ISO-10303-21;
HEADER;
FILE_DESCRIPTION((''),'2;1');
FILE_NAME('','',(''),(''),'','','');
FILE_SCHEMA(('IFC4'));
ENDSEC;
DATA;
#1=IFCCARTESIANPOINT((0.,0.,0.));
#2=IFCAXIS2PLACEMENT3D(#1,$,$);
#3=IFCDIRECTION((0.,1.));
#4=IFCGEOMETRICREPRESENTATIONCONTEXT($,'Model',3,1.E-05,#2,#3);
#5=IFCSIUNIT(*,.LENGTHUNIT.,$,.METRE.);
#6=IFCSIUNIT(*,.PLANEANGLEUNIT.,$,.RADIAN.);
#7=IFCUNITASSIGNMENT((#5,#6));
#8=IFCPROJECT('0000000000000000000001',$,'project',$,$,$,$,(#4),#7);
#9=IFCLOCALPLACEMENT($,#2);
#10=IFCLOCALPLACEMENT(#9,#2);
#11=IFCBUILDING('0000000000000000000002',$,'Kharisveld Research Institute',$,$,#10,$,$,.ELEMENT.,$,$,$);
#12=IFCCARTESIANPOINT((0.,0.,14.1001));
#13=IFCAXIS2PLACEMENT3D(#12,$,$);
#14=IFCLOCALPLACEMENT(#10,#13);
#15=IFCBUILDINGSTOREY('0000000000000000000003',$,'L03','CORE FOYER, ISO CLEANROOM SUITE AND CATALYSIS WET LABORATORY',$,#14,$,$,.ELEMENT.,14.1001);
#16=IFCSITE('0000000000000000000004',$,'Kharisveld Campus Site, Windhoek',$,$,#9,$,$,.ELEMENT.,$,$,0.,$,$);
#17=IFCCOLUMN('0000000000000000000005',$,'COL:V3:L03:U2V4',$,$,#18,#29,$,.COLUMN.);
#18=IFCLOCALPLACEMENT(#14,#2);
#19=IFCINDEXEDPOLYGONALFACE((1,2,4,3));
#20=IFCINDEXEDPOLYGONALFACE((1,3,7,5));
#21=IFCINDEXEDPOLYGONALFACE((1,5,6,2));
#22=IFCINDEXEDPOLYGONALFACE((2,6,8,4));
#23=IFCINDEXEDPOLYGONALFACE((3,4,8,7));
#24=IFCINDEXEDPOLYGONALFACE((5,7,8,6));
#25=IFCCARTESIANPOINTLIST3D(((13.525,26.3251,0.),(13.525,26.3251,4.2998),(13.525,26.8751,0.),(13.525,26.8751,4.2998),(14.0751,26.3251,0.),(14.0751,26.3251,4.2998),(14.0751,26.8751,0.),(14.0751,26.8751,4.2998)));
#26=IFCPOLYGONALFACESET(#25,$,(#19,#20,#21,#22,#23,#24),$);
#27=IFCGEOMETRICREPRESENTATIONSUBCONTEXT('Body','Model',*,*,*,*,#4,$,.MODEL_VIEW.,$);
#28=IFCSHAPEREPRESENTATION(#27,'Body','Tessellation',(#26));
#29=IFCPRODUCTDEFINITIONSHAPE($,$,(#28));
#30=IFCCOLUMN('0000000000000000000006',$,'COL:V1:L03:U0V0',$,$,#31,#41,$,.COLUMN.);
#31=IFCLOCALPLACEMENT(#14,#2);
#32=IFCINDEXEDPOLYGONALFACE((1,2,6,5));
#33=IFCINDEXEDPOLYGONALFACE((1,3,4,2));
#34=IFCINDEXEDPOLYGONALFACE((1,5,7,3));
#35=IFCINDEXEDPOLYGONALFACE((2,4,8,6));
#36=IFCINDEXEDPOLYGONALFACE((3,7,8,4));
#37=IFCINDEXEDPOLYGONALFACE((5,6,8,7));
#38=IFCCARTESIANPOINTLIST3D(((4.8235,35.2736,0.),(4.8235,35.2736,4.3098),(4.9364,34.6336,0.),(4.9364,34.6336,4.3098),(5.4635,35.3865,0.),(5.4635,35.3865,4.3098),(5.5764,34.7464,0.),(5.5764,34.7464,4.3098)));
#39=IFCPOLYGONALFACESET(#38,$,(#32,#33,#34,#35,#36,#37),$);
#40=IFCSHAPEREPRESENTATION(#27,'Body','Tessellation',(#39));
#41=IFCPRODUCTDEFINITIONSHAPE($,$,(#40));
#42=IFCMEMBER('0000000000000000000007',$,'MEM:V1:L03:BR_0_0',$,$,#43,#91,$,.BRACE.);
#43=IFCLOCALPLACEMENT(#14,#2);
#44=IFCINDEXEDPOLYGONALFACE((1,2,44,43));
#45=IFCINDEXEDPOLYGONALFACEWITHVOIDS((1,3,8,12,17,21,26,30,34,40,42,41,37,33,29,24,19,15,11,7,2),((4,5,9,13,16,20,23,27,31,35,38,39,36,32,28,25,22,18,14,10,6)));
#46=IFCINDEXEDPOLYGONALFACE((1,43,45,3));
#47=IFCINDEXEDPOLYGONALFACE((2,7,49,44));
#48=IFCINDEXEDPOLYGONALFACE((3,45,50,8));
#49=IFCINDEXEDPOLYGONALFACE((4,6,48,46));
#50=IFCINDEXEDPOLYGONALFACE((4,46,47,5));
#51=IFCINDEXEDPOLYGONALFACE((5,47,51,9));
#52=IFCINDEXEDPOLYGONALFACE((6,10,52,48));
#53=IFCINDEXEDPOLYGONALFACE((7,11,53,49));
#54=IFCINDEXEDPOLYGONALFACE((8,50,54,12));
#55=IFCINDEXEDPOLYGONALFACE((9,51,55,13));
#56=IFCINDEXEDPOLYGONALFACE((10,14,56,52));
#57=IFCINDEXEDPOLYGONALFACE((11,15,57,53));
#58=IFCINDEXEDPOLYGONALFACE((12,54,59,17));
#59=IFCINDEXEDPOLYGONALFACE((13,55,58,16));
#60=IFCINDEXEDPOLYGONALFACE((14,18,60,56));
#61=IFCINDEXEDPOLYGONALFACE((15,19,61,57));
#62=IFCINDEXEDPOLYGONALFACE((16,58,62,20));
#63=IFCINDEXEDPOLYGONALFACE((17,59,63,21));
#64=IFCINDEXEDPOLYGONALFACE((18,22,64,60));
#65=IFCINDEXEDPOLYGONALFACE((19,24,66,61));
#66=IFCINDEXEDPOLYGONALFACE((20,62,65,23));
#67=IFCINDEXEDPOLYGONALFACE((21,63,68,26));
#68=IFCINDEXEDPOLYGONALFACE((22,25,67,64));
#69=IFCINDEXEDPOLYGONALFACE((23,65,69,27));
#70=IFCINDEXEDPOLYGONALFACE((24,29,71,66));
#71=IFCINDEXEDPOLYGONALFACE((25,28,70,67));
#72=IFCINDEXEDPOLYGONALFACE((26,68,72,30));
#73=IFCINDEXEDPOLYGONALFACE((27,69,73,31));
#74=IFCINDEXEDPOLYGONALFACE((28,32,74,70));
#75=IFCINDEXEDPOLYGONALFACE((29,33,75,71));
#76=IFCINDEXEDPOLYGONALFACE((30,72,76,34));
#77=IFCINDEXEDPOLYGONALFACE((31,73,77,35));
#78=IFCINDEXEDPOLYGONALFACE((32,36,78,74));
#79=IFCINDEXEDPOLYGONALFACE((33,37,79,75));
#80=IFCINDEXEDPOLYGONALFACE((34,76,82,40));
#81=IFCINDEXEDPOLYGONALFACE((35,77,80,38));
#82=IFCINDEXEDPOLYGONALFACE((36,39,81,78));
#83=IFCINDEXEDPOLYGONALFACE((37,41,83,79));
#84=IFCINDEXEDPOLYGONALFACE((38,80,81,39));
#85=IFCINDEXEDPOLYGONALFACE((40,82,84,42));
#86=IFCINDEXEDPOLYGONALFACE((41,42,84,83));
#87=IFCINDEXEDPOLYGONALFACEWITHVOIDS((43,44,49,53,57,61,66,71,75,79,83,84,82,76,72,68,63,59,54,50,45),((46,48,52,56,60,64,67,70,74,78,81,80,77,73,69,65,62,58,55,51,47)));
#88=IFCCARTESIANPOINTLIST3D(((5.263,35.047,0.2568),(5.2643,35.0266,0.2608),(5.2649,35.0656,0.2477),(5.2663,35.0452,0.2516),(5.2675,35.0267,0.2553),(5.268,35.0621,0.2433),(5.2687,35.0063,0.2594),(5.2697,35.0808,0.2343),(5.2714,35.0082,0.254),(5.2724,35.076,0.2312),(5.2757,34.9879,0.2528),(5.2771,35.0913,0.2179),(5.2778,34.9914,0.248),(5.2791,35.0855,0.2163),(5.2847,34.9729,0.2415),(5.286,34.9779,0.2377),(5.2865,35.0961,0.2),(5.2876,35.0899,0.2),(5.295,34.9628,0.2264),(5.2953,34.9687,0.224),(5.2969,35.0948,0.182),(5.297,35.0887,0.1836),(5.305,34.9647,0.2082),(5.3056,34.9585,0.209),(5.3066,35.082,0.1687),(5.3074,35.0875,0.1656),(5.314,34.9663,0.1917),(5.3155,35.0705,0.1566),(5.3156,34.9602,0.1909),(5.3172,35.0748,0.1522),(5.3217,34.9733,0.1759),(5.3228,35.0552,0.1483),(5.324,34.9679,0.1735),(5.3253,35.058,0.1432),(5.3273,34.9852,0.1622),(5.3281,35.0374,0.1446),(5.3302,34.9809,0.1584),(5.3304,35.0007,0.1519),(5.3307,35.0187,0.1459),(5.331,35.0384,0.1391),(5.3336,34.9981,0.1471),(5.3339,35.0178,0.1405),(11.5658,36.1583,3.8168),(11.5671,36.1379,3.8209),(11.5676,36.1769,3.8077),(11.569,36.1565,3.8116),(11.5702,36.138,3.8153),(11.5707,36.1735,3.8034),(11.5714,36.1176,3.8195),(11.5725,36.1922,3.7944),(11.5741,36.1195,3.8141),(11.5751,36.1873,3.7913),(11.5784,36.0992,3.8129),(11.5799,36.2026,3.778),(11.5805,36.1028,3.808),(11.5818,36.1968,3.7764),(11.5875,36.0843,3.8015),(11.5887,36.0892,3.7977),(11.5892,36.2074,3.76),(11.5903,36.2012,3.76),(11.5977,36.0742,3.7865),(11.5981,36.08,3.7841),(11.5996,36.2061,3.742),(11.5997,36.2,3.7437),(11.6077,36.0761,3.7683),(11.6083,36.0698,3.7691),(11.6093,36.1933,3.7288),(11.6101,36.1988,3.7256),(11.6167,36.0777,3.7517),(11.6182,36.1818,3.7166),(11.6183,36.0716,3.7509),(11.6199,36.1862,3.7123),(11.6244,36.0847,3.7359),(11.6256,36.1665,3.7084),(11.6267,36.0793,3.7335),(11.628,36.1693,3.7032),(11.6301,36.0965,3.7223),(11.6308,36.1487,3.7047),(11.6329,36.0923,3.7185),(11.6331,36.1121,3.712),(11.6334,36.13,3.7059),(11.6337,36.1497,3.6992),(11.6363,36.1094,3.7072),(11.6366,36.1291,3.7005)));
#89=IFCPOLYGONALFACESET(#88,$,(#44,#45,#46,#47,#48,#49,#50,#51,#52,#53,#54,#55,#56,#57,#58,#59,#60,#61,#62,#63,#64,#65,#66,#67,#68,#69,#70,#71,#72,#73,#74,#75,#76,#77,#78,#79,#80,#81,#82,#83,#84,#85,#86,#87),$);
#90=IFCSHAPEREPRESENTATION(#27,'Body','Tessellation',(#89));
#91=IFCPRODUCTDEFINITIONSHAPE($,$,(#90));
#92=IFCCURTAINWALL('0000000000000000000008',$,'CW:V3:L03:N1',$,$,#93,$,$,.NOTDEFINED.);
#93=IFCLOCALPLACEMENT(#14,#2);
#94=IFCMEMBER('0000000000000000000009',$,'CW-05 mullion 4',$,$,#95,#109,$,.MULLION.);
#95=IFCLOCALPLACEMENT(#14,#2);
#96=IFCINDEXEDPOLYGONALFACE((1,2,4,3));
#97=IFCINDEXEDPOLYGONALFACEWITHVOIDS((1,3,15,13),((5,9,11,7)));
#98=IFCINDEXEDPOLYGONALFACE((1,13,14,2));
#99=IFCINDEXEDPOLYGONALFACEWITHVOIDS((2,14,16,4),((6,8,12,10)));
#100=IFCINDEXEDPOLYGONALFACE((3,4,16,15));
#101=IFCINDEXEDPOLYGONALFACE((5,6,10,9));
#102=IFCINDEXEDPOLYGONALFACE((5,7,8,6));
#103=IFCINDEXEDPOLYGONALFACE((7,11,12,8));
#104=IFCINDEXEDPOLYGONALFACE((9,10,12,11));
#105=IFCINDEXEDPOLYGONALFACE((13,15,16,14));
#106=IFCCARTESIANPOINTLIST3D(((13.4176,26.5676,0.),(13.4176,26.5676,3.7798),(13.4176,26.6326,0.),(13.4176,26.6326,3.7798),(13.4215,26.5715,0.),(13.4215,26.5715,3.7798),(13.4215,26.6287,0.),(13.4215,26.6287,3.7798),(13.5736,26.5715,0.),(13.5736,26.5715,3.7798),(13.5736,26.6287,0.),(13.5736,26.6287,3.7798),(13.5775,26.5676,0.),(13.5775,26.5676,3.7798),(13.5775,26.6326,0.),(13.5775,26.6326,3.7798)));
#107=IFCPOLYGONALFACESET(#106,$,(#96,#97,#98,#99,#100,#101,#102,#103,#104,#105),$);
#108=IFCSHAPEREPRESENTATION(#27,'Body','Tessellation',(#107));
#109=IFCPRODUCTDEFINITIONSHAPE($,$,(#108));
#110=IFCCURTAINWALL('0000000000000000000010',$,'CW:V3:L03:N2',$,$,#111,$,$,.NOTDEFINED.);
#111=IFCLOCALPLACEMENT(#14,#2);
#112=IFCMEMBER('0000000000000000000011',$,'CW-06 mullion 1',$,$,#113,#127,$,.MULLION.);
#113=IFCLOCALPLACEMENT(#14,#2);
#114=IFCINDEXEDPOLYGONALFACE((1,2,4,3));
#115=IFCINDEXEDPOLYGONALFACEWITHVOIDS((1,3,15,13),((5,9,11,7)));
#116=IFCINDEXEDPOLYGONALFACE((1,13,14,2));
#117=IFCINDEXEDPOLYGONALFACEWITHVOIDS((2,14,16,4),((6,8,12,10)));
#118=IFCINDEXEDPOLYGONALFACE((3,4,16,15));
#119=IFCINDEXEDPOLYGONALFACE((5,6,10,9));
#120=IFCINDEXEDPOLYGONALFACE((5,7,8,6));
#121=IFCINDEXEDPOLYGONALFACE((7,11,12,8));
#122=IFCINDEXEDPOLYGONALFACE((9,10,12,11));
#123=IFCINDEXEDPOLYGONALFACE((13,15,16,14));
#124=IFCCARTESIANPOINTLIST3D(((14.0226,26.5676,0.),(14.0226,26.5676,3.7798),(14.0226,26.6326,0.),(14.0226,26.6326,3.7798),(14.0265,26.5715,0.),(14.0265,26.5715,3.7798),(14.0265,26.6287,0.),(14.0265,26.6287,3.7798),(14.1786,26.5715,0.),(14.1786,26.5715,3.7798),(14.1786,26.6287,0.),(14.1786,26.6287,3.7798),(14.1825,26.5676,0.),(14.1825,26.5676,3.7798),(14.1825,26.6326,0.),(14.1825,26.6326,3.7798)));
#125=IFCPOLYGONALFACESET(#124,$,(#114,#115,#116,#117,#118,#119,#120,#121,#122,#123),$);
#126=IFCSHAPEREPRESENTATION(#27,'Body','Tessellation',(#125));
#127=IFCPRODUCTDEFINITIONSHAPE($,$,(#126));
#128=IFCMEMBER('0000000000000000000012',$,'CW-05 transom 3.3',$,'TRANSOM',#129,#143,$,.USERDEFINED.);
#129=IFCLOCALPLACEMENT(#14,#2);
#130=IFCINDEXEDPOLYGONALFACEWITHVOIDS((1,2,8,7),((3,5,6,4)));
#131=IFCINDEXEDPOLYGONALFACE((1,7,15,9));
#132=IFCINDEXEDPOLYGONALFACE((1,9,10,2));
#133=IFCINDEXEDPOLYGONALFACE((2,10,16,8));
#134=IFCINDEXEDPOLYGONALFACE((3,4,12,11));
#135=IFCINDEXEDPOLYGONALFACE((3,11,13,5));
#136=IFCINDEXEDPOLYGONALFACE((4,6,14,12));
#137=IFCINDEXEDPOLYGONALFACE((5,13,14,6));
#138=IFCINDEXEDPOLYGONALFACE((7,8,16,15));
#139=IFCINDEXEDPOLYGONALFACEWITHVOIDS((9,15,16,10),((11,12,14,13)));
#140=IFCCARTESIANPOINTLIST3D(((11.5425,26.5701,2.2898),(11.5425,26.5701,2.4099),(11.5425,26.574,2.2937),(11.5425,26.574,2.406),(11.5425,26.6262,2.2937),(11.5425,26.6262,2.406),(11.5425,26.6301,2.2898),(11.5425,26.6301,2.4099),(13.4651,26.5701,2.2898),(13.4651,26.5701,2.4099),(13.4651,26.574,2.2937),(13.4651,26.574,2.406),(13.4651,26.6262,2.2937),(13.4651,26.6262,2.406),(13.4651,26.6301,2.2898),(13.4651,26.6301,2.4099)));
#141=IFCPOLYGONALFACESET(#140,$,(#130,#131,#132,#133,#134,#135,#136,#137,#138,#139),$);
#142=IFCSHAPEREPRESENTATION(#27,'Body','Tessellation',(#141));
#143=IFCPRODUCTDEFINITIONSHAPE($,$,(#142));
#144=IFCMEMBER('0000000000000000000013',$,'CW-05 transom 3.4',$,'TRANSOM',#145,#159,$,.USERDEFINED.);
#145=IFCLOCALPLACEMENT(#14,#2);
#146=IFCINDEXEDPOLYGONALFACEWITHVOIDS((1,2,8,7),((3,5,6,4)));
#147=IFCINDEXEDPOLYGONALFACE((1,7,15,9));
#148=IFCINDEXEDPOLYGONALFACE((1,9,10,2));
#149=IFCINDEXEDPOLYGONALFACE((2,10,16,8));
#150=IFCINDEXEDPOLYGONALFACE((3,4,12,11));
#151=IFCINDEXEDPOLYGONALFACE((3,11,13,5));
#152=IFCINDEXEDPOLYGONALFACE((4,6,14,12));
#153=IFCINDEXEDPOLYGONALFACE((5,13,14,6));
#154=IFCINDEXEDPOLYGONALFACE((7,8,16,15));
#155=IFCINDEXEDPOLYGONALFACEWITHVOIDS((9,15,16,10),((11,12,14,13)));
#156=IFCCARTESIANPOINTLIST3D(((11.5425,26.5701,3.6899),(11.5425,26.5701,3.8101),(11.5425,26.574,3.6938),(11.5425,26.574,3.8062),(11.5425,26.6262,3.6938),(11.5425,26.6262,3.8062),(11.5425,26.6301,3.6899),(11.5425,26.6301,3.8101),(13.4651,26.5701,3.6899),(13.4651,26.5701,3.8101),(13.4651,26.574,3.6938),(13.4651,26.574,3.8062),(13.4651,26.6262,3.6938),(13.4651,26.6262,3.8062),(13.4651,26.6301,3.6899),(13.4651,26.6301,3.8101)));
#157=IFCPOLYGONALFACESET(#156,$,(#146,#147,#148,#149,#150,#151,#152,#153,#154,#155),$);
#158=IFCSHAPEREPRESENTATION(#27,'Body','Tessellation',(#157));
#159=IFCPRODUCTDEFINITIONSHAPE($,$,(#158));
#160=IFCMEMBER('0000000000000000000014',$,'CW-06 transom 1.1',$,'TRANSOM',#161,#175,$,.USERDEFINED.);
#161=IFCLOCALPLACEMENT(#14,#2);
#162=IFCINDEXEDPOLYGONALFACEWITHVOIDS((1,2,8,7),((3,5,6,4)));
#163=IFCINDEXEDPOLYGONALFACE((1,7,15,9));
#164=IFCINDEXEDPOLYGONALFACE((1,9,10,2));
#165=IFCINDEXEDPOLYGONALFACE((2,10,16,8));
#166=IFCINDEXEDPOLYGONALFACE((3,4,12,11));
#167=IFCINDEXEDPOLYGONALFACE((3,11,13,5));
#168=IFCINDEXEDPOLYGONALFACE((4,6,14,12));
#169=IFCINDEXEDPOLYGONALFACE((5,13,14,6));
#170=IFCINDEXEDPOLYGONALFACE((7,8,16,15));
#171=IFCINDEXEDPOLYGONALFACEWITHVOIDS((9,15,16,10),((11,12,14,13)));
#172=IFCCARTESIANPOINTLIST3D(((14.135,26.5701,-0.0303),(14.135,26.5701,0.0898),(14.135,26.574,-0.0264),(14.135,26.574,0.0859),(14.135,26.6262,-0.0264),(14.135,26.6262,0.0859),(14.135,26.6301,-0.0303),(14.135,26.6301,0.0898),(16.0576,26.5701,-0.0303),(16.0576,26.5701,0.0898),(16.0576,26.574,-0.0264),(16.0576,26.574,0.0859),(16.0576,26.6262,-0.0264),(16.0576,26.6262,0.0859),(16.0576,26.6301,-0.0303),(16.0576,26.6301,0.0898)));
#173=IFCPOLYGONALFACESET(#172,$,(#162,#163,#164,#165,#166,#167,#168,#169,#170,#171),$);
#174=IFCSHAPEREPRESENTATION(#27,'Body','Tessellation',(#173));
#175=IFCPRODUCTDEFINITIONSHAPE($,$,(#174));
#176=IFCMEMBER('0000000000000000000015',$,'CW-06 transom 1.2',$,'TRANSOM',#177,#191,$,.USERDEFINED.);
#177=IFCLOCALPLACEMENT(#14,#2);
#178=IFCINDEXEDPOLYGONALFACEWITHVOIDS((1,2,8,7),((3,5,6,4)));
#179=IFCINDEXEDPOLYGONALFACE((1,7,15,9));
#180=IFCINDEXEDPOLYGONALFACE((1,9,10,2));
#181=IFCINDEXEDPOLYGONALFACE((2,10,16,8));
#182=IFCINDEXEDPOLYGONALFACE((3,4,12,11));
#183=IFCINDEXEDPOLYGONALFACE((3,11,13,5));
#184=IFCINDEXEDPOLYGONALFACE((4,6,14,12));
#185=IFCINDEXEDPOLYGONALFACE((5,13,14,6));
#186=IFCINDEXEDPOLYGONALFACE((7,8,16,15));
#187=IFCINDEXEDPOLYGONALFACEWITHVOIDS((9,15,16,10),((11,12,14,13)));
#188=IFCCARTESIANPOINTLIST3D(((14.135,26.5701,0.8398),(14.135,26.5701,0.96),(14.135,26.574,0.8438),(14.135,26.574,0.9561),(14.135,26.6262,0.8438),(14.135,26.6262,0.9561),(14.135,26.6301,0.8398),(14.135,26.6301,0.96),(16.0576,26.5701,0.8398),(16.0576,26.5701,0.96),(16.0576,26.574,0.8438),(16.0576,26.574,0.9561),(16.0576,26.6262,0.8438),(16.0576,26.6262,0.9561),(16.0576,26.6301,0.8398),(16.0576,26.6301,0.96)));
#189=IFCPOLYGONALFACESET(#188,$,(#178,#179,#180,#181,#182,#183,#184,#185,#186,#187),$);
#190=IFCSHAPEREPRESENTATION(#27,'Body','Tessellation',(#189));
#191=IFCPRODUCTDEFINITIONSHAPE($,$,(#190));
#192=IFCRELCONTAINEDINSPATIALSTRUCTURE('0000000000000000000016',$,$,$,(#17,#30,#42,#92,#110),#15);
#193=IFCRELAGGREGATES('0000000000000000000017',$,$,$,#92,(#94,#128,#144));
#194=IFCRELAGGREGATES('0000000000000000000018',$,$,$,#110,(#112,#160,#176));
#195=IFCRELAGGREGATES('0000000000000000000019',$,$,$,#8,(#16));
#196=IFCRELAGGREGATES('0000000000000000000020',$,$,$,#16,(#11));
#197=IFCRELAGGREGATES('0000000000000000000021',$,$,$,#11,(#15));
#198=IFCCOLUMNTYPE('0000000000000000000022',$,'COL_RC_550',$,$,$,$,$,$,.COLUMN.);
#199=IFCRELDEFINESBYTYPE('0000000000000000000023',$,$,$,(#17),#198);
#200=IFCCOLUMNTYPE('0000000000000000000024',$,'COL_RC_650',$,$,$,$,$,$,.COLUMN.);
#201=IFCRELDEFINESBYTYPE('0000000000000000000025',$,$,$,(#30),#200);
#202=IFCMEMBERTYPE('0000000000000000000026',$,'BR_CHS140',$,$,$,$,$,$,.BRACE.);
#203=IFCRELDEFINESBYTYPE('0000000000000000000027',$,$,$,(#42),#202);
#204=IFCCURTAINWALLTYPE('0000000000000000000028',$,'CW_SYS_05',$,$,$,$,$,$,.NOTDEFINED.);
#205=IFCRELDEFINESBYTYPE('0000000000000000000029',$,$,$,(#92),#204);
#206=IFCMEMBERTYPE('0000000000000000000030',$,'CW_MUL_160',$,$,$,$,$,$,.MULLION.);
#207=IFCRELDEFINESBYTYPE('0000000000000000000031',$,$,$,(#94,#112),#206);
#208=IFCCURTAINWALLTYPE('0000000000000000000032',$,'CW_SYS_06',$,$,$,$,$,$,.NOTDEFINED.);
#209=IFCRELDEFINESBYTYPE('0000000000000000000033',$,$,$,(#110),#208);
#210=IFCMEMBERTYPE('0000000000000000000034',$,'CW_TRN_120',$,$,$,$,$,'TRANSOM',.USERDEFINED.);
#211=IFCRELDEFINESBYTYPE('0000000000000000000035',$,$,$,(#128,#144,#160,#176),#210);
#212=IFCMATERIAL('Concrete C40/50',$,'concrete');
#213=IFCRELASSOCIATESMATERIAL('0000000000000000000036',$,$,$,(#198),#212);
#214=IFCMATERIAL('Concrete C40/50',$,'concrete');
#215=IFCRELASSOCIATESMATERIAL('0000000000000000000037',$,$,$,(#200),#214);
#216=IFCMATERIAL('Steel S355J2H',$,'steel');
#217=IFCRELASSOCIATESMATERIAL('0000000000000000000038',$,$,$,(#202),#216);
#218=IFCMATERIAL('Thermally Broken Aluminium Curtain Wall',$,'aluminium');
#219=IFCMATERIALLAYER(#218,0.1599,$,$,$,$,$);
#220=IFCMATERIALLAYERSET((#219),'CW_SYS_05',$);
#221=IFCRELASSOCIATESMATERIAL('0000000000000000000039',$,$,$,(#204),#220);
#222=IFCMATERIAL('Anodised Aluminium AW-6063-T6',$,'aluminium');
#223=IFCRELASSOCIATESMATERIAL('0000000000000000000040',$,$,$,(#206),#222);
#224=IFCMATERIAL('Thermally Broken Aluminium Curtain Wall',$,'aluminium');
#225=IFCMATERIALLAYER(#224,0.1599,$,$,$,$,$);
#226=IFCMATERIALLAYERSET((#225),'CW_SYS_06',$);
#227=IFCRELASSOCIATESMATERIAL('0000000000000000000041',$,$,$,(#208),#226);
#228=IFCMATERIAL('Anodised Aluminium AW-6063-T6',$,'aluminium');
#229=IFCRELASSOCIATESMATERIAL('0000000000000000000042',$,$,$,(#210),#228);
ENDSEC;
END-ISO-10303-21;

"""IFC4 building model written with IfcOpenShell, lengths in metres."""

from ifc_helpers import new_model, si_unit, direction, frame, origin, origin_2d, place, context, subcontext, project, spatial, rectangle, hollow_rectangle, hollow_circle, extrude, material, layer, layer_set, material_profile, profile_set, type_object, element, aggregate, save


model = new_model("IFC4")

# Units and contexts
model_context = context("Model", 3, precision=1e-05, world=origin(), true_north=direction((0.0, 1.0)))
body_context = subcontext(model_context, "Body", "Model", "MODEL_VIEW")
ifc_project = project(units=[si_unit("LENGTHUNIT", "METRE"), si_unit("PLANEANGLEUNIT", "RADIAN")], contexts=[model_context])

# Site, building, storey
site_placement = place(None, origin())
site = spatial("IfcSite", under=ifc_project, at=site_placement, Name="Kharisveld Campus Site, Windhoek", CompositionType="ELEMENT", RefElevation=0.0)
building_placement = place(site_placement, origin())
building = spatial("IfcBuilding", under=site, at=building_placement, Name="Kharisveld Research Institute", CompositionType="ELEMENT")
storey_placement = place(building_placement, frame((0.0, 0.0, 14.1001)))
storey = spatial("IfcBuildingStorey", under=building, at=storey_placement, Name="L03", Description="CORE FOYER, ISO CLEANROOM SUITE AND CATALYSIS WET LABORATORY", CompositionType="ELEMENT", Elevation=14.1001)

# Columns
ifc_material_1 = material(Name="Concrete C40/50", Category="concrete")
ifc_material_profile_1 = material_profile(ifc_material_1, rectangle(XDim=0.55, YDim=0.55, at=origin_2d()))
ifc_profile_set_1 = profile_set([ifc_material_profile_1], Name="Concrete C40/50")
column_type_1 = type_object("IfcColumnType", Name="COL_RC_550", PredefinedType="COLUMN", material=ifc_profile_set_1)
column_1_placement = place(storey_placement, frame((13.8, 26.6001, 0.0), z_axis=(0.0, 0.0, 1.0), x_axis=(1.0, 0.0, 0.0)))
element("IfcColumn", 1, at=column_1_placement, inside=storey, type_object=column_type_1, Name="COL:V3:L03:U2V4", PredefinedType="COLUMN", context=body_context, shape_type="SweptSolid", body=[
    extrude(rectangle(XDim=0.55, YDim=0.55, at=origin_2d()), origin(), (0.0, 0.0, 1.0), 4.2998),
])
ifc_material_2 = material(Name="Concrete C40/50", Category="concrete")
ifc_material_profile_2 = material_profile(ifc_material_2, rectangle(XDim=0.6499, YDim=0.6499, at=origin_2d()))
ifc_profile_set_2 = profile_set([ifc_material_profile_2], Name="Concrete C40/50")
column_type_2 = type_object("IfcColumnType", Name="COL_RC_650", PredefinedType="COLUMN", material=ifc_profile_set_2)
column_2_placement = place(storey_placement, frame((5.2, 35.01, 0.0), z_axis=(0.0, 0.0, 1.0), x_axis=(0.984808, 0.173648, 0.0)))
element("IfcColumn", 2, at=column_2_placement, inside=storey, type_object=column_type_2, Name="COL:V1:L03:U0V0", PredefinedType="COLUMN", context=body_context, shape_type="SweptSolid", body=[
    extrude(rectangle(XDim=0.6499, YDim=0.6499, at=origin_2d()), origin(), (0.0, 0.0, 1.0), 4.3098),
])

# Member
ifc_material_3 = material(Name="Steel S355J2H", Category="steel")
ifc_material_profile_3 = material_profile(ifc_material_3, hollow_circle(Radius=0.0698, WallThickness=0.0063, at=origin_2d()))
ifc_profile_set_3 = profile_set([ifc_material_profile_3], Name="Steel S355J2H")
member_type_1 = type_object("IfcMemberType", Name="BR_CHS140", PredefinedType="BRACE", material=ifc_profile_set_3)
member_1_placement = place(storey_placement, frame((5.2986, 35.0273, 0.2), z_axis=(0.860619, 0.151748, 0.486115), x_axis=(-0.173646, 0.984808, 0.0)))
element("IfcMember", 3, at=member_1_placement, inside=storey, type_object=member_type_1, Name="MEM:V1:L03:BR_0_0", PredefinedType="BRACE", context=body_context, shape_type="SweptSolid", body=[
    extrude(hollow_circle(Radius=0.0698, WallThickness=0.0063, at=origin_2d()), origin(), (0.0, 0.0, 1.0), 7.3235),
])

# Curtain walls, members
ifc_material_4 = material(Name="Thermally Broken Aluminium Curtain Wall", Category="aluminium")
ifc_layer_1 = layer(ifc_material_4, 0.1599)
ifc_layer_set_1 = layer_set([ifc_layer_1], Name="CW_SYS_05")
curtain_wall_type_1 = type_object("IfcCurtainWallType", Name="CW_SYS_05", PredefinedType="NOTDEFINED", material=ifc_layer_set_1)
curtain_wall_1_placement = place(storey_placement, origin())
curtain_wall_1 = element("IfcCurtainWall", 4, at=curtain_wall_1_placement, inside=storey, type_object=curtain_wall_type_1, Name="CW:V3:L03:N1", PredefinedType="NOTDEFINED")
ifc_material_5 = material(Name="Anodised Aluminium AW-6063-T6", Category="aluminium")
ifc_material_profile_4 = material_profile(ifc_material_5, hollow_rectangle(XDim=0.0649, YDim=0.1599, WallThickness=0.0039, at=origin_2d()))
ifc_profile_set_4 = profile_set([ifc_material_profile_4], Name="Anodised Aluminium AW-6063-T6")
member_type_2 = type_object("IfcMemberType", Name="CW_MUL_160", PredefinedType="MULLION", material=ifc_profile_set_4)
member_2_placement = place(storey_placement, frame((13.4976, 26.6001, 0.0), z_axis=(0.0, 0.0, 1.0), x_axis=(0.0, 1.0, 0.0)))
member_2 = element("IfcMember", 5, at=member_2_placement, type_object=member_type_2, Name="CW-05 mullion 4", PredefinedType="MULLION", context=body_context, shape_type="SweptSolid", body=[
    extrude(hollow_rectangle(XDim=0.0649, YDim=0.1599, WallThickness=0.0039, at=origin_2d()), origin(), (0.0, 0.0, 1.0), 3.7798),
])
ifc_material_6 = material(Name="Thermally Broken Aluminium Curtain Wall", Category="aluminium")
ifc_layer_2 = layer(ifc_material_6, 0.1599)
ifc_layer_set_2 = layer_set([ifc_layer_2], Name="CW_SYS_06")
curtain_wall_type_2 = type_object("IfcCurtainWallType", Name="CW_SYS_06", PredefinedType="NOTDEFINED", material=ifc_layer_set_2)
curtain_wall_2_placement = place(storey_placement, origin())
curtain_wall_2 = element("IfcCurtainWall", 6, at=curtain_wall_2_placement, inside=storey, type_object=curtain_wall_type_2, Name="CW:V3:L03:N2", PredefinedType="NOTDEFINED")
member_3_placement = place(storey_placement, frame((14.1025, 26.6001, 0.0), z_axis=(0.0, 0.0, 1.0), x_axis=(0.0, 1.0, 0.0)))
member_3 = element("IfcMember", 7, at=member_3_placement, type_object=member_type_2, Name="CW-06 mullion 1", PredefinedType="MULLION", context=body_context, shape_type="SweptSolid", body=[
    extrude(hollow_rectangle(XDim=0.0649, YDim=0.1599, WallThickness=0.0039, at=origin_2d()), origin(), (0.0, 0.0, 1.0), 3.7798),
])

# Members
ifc_material_7 = material(Name="Anodised Aluminium AW-6063-T6", Category="aluminium")
ifc_material_profile_5 = material_profile(ifc_material_7, hollow_rectangle(XDim=0.0601, YDim=0.1201, WallThickness=0.0039, at=origin_2d()))
ifc_profile_set_5 = profile_set([ifc_material_profile_5], Name="Anodised Aluminium AW-6063-T6")
member_type_3 = type_object("IfcMemberType", Name="CW_TRN_120", ElementType="TRANSOM", PredefinedType="USERDEFINED", material=ifc_profile_set_5)
member_4_placement = place(storey_placement, frame((11.5425, 26.6001, 2.3499), z_axis=(1.0, 0.0, 0.0), x_axis=(0.0, 1.0, 0.0)))
member_4 = element("IfcMember", 8, at=member_4_placement, type_object=member_type_3, Name="CW-05 transom 3.3", ObjectType="TRANSOM", PredefinedType="USERDEFINED", context=body_context, shape_type="SweptSolid", body=[
    extrude(hollow_rectangle(XDim=0.0601, YDim=0.1201, WallThickness=0.0039, at=origin_2d()), origin(), (0.0, 0.0, 1.0), 1.9226),
])
member_5_placement = place(storey_placement, frame((11.5425, 26.6001, 3.75), z_axis=(1.0, 0.0, 0.0), x_axis=(0.0, 1.0, 0.0)))
member_5 = element("IfcMember", 9, at=member_5_placement, type_object=member_type_3, Name="CW-05 transom 3.4", ObjectType="TRANSOM", PredefinedType="USERDEFINED", context=body_context, shape_type="SweptSolid", body=[
    extrude(hollow_rectangle(XDim=0.0601, YDim=0.1201, WallThickness=0.0039, at=origin_2d()), origin(), (0.0, 0.0, 1.0), 1.9226),
])
member_6_placement = place(storey_placement, frame((14.135, 26.6001, 0.0298), z_axis=(1.0, 0.0, 0.0), x_axis=(0.0, 1.0, 0.0)))
member_6 = element("IfcMember", 10, at=member_6_placement, type_object=member_type_3, Name="CW-06 transom 1.1", ObjectType="TRANSOM", PredefinedType="USERDEFINED", context=body_context, shape_type="SweptSolid", body=[
    extrude(hollow_rectangle(XDim=0.0601, YDim=0.1201, WallThickness=0.0039, at=origin_2d()), origin(), (0.0, 0.0, 1.0), 1.9226),
])
member_7_placement = place(storey_placement, frame((14.135, 26.6001, 0.8999), z_axis=(1.0, 0.0, 0.0), x_axis=(0.0, 1.0, 0.0)))
member_7 = element("IfcMember", 11, at=member_7_placement, type_object=member_type_3, Name="CW-06 transom 1.2", ObjectType="TRANSOM", PredefinedType="USERDEFINED", context=body_context, shape_type="SweptSolid", body=[
    extrude(hollow_rectangle(XDim=0.0601, YDim=0.1201, WallThickness=0.0039, at=origin_2d()), origin(), (0.0, 0.0, 1.0), 1.9226),
])

aggregate(curtain_wall_1, [member_2, member_4, member_5])
aggregate(curtain_wall_2, [member_3, member_6, member_7])

save(model, "model.ifc")
